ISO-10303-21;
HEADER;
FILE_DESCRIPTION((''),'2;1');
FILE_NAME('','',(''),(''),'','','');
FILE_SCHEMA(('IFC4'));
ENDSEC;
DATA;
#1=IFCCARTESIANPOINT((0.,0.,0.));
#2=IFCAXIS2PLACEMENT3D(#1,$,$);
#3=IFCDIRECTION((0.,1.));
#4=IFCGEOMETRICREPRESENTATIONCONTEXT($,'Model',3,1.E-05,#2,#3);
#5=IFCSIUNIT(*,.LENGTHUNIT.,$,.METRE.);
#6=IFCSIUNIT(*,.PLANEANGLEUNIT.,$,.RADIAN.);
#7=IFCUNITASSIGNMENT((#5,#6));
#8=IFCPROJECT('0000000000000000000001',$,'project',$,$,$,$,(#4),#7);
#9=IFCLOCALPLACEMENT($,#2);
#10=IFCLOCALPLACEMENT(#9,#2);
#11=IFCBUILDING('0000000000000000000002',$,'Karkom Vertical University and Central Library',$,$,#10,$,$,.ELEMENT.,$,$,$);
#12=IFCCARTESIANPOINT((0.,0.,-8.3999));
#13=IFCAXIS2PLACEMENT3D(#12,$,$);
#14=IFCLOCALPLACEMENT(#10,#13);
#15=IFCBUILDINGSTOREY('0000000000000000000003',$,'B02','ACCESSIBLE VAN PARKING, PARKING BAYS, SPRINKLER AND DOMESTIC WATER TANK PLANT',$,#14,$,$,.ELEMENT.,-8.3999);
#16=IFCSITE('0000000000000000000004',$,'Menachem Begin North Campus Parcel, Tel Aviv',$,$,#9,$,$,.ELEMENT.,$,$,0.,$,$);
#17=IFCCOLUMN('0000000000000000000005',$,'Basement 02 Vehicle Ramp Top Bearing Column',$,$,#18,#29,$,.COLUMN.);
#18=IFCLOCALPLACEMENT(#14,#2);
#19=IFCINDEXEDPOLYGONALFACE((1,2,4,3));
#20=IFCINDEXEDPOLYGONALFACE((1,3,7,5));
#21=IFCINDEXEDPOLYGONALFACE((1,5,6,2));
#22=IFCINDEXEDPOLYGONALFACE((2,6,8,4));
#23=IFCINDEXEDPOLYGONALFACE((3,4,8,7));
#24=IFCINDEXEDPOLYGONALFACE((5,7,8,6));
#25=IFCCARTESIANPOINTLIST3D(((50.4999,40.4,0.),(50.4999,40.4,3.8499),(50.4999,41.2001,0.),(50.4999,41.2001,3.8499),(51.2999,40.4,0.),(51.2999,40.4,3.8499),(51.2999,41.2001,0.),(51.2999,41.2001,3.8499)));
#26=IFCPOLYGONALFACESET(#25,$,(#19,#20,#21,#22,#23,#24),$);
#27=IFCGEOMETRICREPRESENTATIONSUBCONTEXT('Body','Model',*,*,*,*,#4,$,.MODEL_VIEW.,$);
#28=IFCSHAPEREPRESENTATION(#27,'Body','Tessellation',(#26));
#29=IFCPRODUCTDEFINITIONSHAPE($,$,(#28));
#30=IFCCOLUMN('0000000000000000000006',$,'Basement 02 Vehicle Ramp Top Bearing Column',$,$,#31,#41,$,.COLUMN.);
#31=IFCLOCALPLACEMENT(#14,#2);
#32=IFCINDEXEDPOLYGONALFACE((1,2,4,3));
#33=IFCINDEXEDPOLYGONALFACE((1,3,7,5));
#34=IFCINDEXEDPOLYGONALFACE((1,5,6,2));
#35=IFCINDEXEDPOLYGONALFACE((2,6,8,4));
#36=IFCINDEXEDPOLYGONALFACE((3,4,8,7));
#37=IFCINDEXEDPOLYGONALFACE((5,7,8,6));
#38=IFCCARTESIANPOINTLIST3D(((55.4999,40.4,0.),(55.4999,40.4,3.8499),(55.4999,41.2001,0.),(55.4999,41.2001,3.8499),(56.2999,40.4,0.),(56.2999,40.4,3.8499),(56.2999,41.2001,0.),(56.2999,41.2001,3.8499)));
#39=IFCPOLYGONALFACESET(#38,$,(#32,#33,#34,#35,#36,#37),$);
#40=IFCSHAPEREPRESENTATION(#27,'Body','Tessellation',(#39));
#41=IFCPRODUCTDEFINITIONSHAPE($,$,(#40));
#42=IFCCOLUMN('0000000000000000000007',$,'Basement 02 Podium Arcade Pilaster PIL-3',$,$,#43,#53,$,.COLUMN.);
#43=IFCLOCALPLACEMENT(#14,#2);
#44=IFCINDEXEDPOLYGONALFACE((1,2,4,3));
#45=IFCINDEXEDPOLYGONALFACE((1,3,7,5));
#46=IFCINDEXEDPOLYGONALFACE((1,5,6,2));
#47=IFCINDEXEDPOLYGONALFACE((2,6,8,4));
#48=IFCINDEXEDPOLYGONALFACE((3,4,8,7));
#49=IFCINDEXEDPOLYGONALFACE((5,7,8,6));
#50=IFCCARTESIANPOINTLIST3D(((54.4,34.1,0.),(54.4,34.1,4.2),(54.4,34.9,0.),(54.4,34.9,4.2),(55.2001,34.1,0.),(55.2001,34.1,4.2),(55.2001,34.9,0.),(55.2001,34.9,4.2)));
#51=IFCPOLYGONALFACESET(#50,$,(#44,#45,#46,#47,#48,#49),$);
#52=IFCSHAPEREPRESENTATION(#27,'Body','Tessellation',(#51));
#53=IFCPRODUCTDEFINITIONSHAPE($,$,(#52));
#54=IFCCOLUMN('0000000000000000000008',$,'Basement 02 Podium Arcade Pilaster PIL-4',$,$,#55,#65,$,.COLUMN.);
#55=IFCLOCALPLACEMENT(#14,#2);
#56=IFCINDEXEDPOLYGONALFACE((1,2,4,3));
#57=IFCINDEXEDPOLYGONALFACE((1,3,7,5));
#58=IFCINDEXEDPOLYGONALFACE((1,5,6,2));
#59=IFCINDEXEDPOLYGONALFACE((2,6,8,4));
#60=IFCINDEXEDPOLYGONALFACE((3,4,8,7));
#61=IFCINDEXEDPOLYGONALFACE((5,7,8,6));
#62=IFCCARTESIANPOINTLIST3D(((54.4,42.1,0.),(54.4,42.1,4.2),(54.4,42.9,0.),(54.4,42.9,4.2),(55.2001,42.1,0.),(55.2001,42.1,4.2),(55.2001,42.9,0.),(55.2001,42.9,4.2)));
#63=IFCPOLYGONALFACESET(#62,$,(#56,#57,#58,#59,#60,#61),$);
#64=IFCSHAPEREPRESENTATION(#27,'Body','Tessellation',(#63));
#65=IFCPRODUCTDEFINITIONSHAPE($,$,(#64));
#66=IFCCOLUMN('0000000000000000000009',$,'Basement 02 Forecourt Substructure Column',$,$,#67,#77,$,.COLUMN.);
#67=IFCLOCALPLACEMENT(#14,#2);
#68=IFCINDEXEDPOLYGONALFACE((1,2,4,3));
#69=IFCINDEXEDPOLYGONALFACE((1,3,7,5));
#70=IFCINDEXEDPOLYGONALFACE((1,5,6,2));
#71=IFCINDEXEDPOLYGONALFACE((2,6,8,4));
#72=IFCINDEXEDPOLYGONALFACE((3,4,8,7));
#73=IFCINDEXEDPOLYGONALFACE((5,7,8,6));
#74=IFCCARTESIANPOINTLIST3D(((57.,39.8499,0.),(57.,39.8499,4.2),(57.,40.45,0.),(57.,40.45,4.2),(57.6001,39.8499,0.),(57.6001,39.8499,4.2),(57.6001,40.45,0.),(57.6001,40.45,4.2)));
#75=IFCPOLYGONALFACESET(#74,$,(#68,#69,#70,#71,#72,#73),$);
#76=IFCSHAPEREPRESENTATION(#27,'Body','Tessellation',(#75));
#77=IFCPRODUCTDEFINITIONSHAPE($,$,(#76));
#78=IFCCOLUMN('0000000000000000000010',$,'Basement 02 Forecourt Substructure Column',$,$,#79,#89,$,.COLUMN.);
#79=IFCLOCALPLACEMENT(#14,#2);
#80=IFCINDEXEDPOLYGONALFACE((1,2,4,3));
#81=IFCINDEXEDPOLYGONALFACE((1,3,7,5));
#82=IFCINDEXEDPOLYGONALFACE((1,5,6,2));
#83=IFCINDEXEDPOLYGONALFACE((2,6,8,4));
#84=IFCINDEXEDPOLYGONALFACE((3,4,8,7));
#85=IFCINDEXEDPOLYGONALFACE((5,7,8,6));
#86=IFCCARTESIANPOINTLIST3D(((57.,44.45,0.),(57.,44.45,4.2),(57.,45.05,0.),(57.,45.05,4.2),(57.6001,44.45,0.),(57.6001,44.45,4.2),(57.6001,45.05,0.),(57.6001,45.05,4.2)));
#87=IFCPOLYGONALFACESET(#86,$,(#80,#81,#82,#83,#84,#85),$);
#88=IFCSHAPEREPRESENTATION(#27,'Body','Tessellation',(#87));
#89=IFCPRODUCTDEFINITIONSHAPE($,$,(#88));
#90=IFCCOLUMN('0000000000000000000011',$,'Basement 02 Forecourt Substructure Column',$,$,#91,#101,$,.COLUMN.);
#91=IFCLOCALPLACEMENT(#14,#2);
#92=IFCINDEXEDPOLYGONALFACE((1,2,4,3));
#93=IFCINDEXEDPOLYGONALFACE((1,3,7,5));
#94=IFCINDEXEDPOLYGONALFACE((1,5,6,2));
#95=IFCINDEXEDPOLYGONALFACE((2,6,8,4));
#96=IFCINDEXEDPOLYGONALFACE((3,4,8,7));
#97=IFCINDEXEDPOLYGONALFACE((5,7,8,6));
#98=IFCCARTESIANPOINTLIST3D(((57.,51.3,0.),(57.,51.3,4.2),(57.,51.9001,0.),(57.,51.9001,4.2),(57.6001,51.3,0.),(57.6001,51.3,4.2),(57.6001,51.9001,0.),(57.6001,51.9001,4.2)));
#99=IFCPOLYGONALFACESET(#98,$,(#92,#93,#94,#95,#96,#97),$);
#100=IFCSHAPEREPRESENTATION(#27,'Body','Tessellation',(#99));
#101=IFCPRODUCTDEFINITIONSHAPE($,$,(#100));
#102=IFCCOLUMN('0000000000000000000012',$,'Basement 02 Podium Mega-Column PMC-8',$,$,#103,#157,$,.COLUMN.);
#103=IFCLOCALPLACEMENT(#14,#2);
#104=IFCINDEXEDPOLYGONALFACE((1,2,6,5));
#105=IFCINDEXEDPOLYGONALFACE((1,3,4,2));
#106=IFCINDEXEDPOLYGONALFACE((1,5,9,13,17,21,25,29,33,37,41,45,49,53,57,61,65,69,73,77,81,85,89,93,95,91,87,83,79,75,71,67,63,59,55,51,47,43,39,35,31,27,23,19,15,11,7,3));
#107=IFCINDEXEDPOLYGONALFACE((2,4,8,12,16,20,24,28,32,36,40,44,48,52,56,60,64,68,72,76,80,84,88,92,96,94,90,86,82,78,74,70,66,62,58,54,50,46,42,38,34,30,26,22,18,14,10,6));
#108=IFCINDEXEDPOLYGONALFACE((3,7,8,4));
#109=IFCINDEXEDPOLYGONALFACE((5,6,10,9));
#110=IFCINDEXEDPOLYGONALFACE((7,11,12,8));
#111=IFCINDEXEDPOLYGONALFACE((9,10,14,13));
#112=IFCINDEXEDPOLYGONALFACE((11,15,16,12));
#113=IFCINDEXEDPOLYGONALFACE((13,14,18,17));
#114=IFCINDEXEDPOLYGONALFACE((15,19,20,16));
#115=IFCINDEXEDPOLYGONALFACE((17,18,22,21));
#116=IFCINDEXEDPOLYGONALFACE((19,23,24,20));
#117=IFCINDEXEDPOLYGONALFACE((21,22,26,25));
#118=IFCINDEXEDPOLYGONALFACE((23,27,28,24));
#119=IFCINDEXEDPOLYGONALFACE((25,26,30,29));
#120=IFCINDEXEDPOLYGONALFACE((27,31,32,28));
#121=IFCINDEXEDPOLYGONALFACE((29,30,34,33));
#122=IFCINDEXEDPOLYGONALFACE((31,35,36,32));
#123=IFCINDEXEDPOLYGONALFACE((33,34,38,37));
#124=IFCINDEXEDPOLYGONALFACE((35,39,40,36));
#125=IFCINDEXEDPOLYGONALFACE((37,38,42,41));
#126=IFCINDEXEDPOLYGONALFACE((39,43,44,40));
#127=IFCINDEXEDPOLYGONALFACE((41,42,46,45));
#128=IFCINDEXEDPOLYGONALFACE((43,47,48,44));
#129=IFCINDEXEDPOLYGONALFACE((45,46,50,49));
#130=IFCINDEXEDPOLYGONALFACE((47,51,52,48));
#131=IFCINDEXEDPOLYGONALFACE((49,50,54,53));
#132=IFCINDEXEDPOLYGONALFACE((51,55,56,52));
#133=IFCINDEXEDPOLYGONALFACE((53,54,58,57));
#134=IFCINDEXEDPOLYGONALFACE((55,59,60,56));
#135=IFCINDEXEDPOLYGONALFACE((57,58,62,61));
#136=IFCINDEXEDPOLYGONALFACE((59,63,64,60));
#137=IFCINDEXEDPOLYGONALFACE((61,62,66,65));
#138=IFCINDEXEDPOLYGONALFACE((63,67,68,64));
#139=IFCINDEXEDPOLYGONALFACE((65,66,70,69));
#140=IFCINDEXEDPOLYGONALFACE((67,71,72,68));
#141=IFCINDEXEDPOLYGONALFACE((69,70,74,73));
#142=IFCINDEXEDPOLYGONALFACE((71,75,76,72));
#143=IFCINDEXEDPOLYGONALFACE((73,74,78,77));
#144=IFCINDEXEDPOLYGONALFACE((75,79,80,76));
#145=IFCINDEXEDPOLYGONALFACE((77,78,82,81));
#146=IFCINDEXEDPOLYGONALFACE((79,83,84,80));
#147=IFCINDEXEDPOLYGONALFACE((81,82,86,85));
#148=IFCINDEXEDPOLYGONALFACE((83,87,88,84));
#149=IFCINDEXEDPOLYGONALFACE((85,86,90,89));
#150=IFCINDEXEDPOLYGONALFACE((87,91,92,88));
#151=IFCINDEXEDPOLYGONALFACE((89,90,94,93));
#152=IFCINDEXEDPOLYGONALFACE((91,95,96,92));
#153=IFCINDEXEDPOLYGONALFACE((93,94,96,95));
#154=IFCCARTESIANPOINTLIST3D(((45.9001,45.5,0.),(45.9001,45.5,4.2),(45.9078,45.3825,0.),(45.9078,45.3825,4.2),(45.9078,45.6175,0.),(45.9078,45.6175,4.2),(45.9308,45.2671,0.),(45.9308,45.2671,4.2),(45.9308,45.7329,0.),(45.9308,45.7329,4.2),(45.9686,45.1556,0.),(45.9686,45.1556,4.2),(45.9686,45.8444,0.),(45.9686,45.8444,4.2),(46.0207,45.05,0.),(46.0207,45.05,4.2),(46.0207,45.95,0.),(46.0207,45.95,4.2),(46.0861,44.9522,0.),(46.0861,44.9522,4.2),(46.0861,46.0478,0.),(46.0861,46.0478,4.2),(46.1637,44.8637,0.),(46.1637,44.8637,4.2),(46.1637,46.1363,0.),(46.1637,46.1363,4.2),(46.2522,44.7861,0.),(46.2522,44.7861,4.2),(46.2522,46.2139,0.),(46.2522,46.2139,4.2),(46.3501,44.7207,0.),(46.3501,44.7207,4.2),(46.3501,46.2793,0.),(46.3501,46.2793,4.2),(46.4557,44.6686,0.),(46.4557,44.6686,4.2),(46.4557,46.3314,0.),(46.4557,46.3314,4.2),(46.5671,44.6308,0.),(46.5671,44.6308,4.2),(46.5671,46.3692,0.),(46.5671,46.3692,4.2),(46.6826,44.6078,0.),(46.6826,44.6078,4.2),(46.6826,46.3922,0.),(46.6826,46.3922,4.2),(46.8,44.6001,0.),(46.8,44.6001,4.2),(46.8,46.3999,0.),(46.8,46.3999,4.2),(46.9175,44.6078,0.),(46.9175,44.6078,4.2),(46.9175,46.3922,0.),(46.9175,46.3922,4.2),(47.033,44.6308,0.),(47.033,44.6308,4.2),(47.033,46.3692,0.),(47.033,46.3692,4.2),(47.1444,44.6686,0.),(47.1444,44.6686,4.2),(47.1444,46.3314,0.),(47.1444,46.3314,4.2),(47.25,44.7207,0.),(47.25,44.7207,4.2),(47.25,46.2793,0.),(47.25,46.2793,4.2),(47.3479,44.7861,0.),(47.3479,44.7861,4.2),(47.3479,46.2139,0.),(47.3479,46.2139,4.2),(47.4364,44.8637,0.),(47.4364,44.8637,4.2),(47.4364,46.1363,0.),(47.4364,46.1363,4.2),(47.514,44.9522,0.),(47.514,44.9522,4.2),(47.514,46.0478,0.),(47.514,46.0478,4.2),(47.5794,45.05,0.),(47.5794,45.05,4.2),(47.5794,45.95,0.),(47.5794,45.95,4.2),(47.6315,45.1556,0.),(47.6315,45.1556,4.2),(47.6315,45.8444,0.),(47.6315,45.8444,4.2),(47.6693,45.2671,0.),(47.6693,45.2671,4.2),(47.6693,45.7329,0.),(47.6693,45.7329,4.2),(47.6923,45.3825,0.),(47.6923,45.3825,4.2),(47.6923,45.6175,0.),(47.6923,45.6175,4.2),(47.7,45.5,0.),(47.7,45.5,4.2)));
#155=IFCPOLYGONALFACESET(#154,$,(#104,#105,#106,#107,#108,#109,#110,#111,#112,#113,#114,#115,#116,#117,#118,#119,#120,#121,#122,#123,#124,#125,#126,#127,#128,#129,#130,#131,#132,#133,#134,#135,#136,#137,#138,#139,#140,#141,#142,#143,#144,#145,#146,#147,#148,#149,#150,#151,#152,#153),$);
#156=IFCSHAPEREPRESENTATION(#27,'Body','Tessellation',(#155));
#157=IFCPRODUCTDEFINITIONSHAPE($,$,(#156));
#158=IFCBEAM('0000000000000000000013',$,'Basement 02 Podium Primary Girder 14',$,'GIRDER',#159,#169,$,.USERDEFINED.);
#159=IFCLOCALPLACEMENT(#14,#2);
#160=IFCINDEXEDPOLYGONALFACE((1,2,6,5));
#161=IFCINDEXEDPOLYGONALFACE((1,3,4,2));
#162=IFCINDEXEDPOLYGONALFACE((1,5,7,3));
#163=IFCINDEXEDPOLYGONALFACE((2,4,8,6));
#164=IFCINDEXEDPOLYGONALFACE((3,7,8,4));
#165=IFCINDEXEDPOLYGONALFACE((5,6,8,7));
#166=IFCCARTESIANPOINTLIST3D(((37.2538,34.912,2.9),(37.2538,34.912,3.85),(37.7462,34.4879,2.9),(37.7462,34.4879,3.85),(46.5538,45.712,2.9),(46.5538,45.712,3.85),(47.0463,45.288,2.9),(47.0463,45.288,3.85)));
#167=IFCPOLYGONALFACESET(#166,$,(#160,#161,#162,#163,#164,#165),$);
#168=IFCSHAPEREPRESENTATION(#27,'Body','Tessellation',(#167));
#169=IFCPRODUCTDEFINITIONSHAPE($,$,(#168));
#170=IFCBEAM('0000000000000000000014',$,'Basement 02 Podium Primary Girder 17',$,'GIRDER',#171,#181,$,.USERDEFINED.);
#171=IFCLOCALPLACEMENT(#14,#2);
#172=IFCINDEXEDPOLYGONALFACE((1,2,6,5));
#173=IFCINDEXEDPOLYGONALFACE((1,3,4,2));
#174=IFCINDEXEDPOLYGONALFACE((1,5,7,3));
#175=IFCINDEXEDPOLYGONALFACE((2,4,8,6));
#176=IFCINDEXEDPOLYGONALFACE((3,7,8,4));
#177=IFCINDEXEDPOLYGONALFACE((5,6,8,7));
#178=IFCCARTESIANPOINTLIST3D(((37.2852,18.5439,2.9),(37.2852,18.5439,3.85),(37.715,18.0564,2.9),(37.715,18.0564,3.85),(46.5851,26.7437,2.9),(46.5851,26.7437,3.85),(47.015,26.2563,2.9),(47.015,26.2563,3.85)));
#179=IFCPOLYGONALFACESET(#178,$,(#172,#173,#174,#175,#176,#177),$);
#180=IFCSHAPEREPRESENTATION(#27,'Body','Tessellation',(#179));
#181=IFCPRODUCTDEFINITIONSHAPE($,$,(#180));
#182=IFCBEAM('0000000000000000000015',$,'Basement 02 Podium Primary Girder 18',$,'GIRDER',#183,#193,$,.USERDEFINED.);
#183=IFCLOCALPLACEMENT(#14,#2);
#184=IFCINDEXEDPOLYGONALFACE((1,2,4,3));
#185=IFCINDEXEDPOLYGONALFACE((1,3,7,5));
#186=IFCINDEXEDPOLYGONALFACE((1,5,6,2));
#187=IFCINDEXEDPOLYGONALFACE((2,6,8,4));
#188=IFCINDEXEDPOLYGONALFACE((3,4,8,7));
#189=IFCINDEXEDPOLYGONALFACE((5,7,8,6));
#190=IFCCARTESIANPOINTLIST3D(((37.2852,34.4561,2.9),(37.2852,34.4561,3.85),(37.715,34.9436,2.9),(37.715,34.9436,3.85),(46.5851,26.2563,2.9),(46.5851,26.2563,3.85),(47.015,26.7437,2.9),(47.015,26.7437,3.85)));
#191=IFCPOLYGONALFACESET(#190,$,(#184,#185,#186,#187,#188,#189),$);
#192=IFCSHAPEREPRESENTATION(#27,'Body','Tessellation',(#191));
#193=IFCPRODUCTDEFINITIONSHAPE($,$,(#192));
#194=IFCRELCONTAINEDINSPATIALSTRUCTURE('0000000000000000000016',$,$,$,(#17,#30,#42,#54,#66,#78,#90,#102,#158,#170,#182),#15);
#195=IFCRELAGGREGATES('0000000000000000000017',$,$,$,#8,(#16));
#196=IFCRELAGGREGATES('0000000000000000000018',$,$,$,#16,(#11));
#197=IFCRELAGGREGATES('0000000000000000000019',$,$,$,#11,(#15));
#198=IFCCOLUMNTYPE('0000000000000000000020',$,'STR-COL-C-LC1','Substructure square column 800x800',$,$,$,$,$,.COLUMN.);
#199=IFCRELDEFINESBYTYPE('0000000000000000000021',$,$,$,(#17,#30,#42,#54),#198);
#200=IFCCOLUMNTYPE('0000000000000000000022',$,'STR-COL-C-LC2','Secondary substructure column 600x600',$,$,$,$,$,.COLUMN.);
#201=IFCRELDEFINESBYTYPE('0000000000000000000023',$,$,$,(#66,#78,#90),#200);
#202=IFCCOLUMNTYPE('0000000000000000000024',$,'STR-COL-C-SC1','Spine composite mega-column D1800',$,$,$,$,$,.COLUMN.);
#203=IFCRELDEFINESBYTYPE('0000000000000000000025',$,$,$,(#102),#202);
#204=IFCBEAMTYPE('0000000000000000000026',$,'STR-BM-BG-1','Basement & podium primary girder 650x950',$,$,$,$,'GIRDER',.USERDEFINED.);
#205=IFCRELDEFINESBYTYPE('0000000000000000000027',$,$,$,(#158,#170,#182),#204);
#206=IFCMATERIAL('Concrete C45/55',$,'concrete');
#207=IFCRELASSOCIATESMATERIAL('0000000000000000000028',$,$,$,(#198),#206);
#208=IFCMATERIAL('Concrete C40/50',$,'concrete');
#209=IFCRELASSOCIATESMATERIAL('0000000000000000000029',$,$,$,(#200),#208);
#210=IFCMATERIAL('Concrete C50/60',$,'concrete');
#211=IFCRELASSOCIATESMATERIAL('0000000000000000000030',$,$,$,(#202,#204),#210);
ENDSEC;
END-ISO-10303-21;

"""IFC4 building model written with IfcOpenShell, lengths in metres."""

from ifc_helpers import new_model, si_unit, direction, frame, origin, origin_with_axes, origin_2d, place, context, subcontext, project, spatial, rectangle, circle, extrude, source, transform, mapped, material, material_profile, profile_set, type_object, element, save


model = new_model("IFC4")

# Units and contexts
model_context = context("Model", 3, precision=1e-05, world=origin(), true_north=direction((0.0, 1.0)))
body_context = subcontext(model_context, "Body", "Model", "MODEL_VIEW")
ifc_project = project(units=[si_unit("LENGTHUNIT", "METRE"), si_unit("PLANEANGLEUNIT", "RADIAN")], contexts=[model_context])

# Site, building, storey
site_placement = place(None, origin())
site = spatial("IfcSite", under=ifc_project, at=site_placement, Name="Menachem Begin North Campus Parcel, Tel Aviv", CompositionType="ELEMENT", RefElevation=0.0)
building_placement = place(site_placement, origin())
building = spatial("IfcBuilding", under=site, at=building_placement, Name="Karkom Vertical University and Central Library", CompositionType="ELEMENT")
storey_placement = place(building_placement, frame((0.0, 0.0, -8.3999)))
storey = spatial("IfcBuildingStorey", under=building, at=storey_placement, Name="B02", Description="ACCESSIBLE VAN PARKING, PARKING BAYS, SPRINKLER AND DOMESTIC WATER TANK PLANT", CompositionType="ELEMENT", Elevation=-8.3999)

# Shared definitions
ifc_material_1 = material(Name="Concrete C40/50", Category="concrete")

# Shared definitions
ifc_material_2 = material(Name="Concrete C45/55", Category="concrete")

# Columns
ifc_material_profile_1 = material_profile(ifc_material_2, rectangle(XDim=0.8, YDim=0.8, at=origin_2d()), Name="RC-800x800")
ifc_profile_set_1 = profile_set([ifc_material_profile_1], Name="Concrete C45/55")
column_type_1 = type_object("IfcColumnType", Name="STR-COL-C-LC1", Description="Substructure square column 800x800", PredefinedType="COLUMN", material=ifc_profile_set_1)
shared_shape_1 = source(origin_with_axes(), body_context, "Body", "SweptSolid", [
    extrude(rectangle(XDim=0.8, YDim=0.8, at=origin_2d()), origin(), (0.0, 0.0, 1.0), 3.8499),
])
for number, where, z_axis, x_axis, name in (
    (1, (50.8999, 40.8, 0.0), (0.0, 0.0, 1.0), (1.0, 0.0, 0.0), "Basement 02 Vehicle Ramp Top Bearing Column"),
    (2, (55.8999, 40.8, 0.0), (0.0, 0.0, 1.0), (1.0, 0.0, 0.0), "Basement 02 Vehicle Ramp Top Bearing Column"),
):
    element("IfcColumn", number, at=place(storey_placement, frame(where, z_axis=z_axis, x_axis=x_axis)), inside=storey, type_object=column_type_1, Name=name, PredefinedType="COLUMN", context=body_context, shape_type="MappedRepresentation", body=[
        mapped(shared_shape_1, transform((0.0, 0.0, 0.0), scale=1.0)),
    ])
shared_shape_2 = source(origin_with_axes(), body_context, "Body", "SweptSolid", [
    extrude(rectangle(XDim=0.8, YDim=0.8, at=origin_2d()), origin(), (0.0, 0.0, 1.0), 4.2),
])
for number, where, z_axis, x_axis, name in (
    (3, (54.8, 34.5, 0.0), (0.0, 0.0, 1.0), (1.0, 0.0, 0.0), "Basement 02 Podium Arcade Pilaster PIL-3"),
    (4, (54.8, 42.5, 0.0), (0.0, 0.0, 1.0), (1.0, 0.0, 0.0), "Basement 02 Podium Arcade Pilaster PIL-4"),
):
    element("IfcColumn", number, at=place(storey_placement, frame(where, z_axis=z_axis, x_axis=x_axis)), inside=storey, type_object=column_type_1, Name=name, PredefinedType="COLUMN", context=body_context, shape_type="MappedRepresentation", body=[
        mapped(shared_shape_2, transform((0.0, 0.0, 0.0), scale=1.0)),
    ])
ifc_material_profile_2 = material_profile(ifc_material_1, rectangle(XDim=0.6001, YDim=0.6001, at=origin_2d()), Name="RC-600x600")
ifc_profile_set_2 = profile_set([ifc_material_profile_2], Name="Concrete C40/50")
column_type_2 = type_object("IfcColumnType", Name="STR-COL-C-LC2", Description="Secondary substructure column 600x600", PredefinedType="COLUMN", material=ifc_profile_set_2)
shared_shape_3 = source(origin_with_axes(), body_context, "Body", "SweptSolid", [
    extrude(rectangle(XDim=0.6001, YDim=0.6001, at=origin_2d()), origin(), (0.0, 0.0, 1.0), 4.2),
])
for number, where, z_axis, x_axis, name in (
    (5, (57.3, 40.1499, 0.0), (0.0, 0.0, 1.0), (1.0, 0.0, 0.0), "Basement 02 Forecourt Substructure Column"),
    (6, (57.3, 44.75, 0.0), (0.0, 0.0, 1.0), (1.0, 0.0, 0.0), "Basement 02 Forecourt Substructure Column"),
    (7, (57.3, 51.6001, 0.0), (0.0, 0.0, 1.0), (1.0, 0.0, 0.0), "Basement 02 Forecourt Substructure Column"),
):
    element("IfcColumn", number, at=place(storey_placement, frame(where, z_axis=z_axis, x_axis=x_axis)), inside=storey, type_object=column_type_2, Name=name, PredefinedType="COLUMN", context=body_context, shape_type="MappedRepresentation", body=[
        mapped(shared_shape_3, transform((0.0, 0.0, 0.0), scale=1.0)),
    ])
ifc_material_3 = material(Name="Concrete C50/60", Category="concrete")
ifc_material_profile_3 = material_profile(ifc_material_3, circle(Radius=0.8999, at=origin_2d()), Name="CFT-D1800")
ifc_profile_set_3 = profile_set([ifc_material_profile_3], Name="Concrete C50/60")
column_type_3 = type_object("IfcColumnType", Name="STR-COL-C-SC1", Description="Spine composite mega-column D1800", PredefinedType="COLUMN", material=ifc_profile_set_3)
shared_shape_4 = source(origin_with_axes(), body_context, "Body", "SweptSolid", [
    extrude(circle(Radius=0.8999, at=origin_2d()), origin(), (0.0, 0.0, 1.0), 4.2),
])
column_1_placement = place(storey_placement, frame((46.8, 45.5, 0.0), z_axis=(0.0, 0.0, 1.0), x_axis=(1.0, 0.0, 0.0)))
element("IfcColumn", 8, at=column_1_placement, inside=storey, type_object=column_type_3, Name="Basement 02 Podium Mega-Column PMC-8", PredefinedType="COLUMN", context=body_context, shape_type="MappedRepresentation", body=[
    mapped(shared_shape_4, transform((0.0, 0.0, 0.0), scale=1.0)),
])

# Beams
ifc_material_profile_4 = material_profile(ifc_material_3, rectangle(XDim=0.6499, YDim=0.95, at=origin_2d()), Name="RCG-650x950")
ifc_profile_set_4 = profile_set([ifc_material_profile_4], Name="Concrete C50/60")
beam_type_1 = type_object("IfcBeamType", Name="STR-BM-BG-1", Description="Basement & podium primary girder 650x950", ElementType="GIRDER", PredefinedType="USERDEFINED", material=ifc_profile_set_4)
shared_shape_5 = source(origin_with_axes(), body_context, "Body", "SweptSolid", [
    extrude(rectangle(XDim=0.6499, YDim=0.95, at=origin_2d()), origin(), (0.0, 0.0, 1.0), 14.2524),
])
beam_1_placement = place(storey_placement, frame((46.8, 45.5, 3.375), z_axis=(-0.652523, -0.757769, 0.0), x_axis=(0.757769, -0.652523, 0.0)))
element("IfcBeam", 9, at=beam_1_placement, inside=storey, type_object=beam_type_1, Name="Basement 02 Podium Primary Girder 14", ObjectType="GIRDER", PredefinedType="USERDEFINED", context=body_context, shape_type="MappedRepresentation", body=[
    mapped(shared_shape_5, transform((0.0, 0.0, 0.0), scale=1.0)),
])
shared_shape_6 = source(origin_with_axes(), body_context, "Body", "SweptSolid", [
    extrude(rectangle(XDim=0.6499, YDim=0.95, at=origin_2d()), origin(), (0.0, 0.0, 1.0), 12.3987),
])
for number, where, z_axis, x_axis, name in (
    (10, (46.8, 26.5, 3.375), (-0.750077, -0.661351, 0.0), (0.661351, -0.750077, 0.0), "Basement 02 Podium Primary Girder 17"),
    (11, (46.8, 26.5, 3.375), (-0.750077, 0.661351, 0.0), (-0.661351, -0.750077, 0.0), "Basement 02 Podium Primary Girder 18"),
):
    element("IfcBeam", number, at=place(storey_placement, frame(where, z_axis=z_axis, x_axis=x_axis)), inside=storey, type_object=beam_type_1, Name=name, ObjectType="GIRDER", PredefinedType="USERDEFINED", context=body_context, shape_type="MappedRepresentation", body=[
        mapped(shared_shape_6, transform((0.0, 0.0, 0.0), scale=1.0)),
    ])

save(model, "model.ifc")
